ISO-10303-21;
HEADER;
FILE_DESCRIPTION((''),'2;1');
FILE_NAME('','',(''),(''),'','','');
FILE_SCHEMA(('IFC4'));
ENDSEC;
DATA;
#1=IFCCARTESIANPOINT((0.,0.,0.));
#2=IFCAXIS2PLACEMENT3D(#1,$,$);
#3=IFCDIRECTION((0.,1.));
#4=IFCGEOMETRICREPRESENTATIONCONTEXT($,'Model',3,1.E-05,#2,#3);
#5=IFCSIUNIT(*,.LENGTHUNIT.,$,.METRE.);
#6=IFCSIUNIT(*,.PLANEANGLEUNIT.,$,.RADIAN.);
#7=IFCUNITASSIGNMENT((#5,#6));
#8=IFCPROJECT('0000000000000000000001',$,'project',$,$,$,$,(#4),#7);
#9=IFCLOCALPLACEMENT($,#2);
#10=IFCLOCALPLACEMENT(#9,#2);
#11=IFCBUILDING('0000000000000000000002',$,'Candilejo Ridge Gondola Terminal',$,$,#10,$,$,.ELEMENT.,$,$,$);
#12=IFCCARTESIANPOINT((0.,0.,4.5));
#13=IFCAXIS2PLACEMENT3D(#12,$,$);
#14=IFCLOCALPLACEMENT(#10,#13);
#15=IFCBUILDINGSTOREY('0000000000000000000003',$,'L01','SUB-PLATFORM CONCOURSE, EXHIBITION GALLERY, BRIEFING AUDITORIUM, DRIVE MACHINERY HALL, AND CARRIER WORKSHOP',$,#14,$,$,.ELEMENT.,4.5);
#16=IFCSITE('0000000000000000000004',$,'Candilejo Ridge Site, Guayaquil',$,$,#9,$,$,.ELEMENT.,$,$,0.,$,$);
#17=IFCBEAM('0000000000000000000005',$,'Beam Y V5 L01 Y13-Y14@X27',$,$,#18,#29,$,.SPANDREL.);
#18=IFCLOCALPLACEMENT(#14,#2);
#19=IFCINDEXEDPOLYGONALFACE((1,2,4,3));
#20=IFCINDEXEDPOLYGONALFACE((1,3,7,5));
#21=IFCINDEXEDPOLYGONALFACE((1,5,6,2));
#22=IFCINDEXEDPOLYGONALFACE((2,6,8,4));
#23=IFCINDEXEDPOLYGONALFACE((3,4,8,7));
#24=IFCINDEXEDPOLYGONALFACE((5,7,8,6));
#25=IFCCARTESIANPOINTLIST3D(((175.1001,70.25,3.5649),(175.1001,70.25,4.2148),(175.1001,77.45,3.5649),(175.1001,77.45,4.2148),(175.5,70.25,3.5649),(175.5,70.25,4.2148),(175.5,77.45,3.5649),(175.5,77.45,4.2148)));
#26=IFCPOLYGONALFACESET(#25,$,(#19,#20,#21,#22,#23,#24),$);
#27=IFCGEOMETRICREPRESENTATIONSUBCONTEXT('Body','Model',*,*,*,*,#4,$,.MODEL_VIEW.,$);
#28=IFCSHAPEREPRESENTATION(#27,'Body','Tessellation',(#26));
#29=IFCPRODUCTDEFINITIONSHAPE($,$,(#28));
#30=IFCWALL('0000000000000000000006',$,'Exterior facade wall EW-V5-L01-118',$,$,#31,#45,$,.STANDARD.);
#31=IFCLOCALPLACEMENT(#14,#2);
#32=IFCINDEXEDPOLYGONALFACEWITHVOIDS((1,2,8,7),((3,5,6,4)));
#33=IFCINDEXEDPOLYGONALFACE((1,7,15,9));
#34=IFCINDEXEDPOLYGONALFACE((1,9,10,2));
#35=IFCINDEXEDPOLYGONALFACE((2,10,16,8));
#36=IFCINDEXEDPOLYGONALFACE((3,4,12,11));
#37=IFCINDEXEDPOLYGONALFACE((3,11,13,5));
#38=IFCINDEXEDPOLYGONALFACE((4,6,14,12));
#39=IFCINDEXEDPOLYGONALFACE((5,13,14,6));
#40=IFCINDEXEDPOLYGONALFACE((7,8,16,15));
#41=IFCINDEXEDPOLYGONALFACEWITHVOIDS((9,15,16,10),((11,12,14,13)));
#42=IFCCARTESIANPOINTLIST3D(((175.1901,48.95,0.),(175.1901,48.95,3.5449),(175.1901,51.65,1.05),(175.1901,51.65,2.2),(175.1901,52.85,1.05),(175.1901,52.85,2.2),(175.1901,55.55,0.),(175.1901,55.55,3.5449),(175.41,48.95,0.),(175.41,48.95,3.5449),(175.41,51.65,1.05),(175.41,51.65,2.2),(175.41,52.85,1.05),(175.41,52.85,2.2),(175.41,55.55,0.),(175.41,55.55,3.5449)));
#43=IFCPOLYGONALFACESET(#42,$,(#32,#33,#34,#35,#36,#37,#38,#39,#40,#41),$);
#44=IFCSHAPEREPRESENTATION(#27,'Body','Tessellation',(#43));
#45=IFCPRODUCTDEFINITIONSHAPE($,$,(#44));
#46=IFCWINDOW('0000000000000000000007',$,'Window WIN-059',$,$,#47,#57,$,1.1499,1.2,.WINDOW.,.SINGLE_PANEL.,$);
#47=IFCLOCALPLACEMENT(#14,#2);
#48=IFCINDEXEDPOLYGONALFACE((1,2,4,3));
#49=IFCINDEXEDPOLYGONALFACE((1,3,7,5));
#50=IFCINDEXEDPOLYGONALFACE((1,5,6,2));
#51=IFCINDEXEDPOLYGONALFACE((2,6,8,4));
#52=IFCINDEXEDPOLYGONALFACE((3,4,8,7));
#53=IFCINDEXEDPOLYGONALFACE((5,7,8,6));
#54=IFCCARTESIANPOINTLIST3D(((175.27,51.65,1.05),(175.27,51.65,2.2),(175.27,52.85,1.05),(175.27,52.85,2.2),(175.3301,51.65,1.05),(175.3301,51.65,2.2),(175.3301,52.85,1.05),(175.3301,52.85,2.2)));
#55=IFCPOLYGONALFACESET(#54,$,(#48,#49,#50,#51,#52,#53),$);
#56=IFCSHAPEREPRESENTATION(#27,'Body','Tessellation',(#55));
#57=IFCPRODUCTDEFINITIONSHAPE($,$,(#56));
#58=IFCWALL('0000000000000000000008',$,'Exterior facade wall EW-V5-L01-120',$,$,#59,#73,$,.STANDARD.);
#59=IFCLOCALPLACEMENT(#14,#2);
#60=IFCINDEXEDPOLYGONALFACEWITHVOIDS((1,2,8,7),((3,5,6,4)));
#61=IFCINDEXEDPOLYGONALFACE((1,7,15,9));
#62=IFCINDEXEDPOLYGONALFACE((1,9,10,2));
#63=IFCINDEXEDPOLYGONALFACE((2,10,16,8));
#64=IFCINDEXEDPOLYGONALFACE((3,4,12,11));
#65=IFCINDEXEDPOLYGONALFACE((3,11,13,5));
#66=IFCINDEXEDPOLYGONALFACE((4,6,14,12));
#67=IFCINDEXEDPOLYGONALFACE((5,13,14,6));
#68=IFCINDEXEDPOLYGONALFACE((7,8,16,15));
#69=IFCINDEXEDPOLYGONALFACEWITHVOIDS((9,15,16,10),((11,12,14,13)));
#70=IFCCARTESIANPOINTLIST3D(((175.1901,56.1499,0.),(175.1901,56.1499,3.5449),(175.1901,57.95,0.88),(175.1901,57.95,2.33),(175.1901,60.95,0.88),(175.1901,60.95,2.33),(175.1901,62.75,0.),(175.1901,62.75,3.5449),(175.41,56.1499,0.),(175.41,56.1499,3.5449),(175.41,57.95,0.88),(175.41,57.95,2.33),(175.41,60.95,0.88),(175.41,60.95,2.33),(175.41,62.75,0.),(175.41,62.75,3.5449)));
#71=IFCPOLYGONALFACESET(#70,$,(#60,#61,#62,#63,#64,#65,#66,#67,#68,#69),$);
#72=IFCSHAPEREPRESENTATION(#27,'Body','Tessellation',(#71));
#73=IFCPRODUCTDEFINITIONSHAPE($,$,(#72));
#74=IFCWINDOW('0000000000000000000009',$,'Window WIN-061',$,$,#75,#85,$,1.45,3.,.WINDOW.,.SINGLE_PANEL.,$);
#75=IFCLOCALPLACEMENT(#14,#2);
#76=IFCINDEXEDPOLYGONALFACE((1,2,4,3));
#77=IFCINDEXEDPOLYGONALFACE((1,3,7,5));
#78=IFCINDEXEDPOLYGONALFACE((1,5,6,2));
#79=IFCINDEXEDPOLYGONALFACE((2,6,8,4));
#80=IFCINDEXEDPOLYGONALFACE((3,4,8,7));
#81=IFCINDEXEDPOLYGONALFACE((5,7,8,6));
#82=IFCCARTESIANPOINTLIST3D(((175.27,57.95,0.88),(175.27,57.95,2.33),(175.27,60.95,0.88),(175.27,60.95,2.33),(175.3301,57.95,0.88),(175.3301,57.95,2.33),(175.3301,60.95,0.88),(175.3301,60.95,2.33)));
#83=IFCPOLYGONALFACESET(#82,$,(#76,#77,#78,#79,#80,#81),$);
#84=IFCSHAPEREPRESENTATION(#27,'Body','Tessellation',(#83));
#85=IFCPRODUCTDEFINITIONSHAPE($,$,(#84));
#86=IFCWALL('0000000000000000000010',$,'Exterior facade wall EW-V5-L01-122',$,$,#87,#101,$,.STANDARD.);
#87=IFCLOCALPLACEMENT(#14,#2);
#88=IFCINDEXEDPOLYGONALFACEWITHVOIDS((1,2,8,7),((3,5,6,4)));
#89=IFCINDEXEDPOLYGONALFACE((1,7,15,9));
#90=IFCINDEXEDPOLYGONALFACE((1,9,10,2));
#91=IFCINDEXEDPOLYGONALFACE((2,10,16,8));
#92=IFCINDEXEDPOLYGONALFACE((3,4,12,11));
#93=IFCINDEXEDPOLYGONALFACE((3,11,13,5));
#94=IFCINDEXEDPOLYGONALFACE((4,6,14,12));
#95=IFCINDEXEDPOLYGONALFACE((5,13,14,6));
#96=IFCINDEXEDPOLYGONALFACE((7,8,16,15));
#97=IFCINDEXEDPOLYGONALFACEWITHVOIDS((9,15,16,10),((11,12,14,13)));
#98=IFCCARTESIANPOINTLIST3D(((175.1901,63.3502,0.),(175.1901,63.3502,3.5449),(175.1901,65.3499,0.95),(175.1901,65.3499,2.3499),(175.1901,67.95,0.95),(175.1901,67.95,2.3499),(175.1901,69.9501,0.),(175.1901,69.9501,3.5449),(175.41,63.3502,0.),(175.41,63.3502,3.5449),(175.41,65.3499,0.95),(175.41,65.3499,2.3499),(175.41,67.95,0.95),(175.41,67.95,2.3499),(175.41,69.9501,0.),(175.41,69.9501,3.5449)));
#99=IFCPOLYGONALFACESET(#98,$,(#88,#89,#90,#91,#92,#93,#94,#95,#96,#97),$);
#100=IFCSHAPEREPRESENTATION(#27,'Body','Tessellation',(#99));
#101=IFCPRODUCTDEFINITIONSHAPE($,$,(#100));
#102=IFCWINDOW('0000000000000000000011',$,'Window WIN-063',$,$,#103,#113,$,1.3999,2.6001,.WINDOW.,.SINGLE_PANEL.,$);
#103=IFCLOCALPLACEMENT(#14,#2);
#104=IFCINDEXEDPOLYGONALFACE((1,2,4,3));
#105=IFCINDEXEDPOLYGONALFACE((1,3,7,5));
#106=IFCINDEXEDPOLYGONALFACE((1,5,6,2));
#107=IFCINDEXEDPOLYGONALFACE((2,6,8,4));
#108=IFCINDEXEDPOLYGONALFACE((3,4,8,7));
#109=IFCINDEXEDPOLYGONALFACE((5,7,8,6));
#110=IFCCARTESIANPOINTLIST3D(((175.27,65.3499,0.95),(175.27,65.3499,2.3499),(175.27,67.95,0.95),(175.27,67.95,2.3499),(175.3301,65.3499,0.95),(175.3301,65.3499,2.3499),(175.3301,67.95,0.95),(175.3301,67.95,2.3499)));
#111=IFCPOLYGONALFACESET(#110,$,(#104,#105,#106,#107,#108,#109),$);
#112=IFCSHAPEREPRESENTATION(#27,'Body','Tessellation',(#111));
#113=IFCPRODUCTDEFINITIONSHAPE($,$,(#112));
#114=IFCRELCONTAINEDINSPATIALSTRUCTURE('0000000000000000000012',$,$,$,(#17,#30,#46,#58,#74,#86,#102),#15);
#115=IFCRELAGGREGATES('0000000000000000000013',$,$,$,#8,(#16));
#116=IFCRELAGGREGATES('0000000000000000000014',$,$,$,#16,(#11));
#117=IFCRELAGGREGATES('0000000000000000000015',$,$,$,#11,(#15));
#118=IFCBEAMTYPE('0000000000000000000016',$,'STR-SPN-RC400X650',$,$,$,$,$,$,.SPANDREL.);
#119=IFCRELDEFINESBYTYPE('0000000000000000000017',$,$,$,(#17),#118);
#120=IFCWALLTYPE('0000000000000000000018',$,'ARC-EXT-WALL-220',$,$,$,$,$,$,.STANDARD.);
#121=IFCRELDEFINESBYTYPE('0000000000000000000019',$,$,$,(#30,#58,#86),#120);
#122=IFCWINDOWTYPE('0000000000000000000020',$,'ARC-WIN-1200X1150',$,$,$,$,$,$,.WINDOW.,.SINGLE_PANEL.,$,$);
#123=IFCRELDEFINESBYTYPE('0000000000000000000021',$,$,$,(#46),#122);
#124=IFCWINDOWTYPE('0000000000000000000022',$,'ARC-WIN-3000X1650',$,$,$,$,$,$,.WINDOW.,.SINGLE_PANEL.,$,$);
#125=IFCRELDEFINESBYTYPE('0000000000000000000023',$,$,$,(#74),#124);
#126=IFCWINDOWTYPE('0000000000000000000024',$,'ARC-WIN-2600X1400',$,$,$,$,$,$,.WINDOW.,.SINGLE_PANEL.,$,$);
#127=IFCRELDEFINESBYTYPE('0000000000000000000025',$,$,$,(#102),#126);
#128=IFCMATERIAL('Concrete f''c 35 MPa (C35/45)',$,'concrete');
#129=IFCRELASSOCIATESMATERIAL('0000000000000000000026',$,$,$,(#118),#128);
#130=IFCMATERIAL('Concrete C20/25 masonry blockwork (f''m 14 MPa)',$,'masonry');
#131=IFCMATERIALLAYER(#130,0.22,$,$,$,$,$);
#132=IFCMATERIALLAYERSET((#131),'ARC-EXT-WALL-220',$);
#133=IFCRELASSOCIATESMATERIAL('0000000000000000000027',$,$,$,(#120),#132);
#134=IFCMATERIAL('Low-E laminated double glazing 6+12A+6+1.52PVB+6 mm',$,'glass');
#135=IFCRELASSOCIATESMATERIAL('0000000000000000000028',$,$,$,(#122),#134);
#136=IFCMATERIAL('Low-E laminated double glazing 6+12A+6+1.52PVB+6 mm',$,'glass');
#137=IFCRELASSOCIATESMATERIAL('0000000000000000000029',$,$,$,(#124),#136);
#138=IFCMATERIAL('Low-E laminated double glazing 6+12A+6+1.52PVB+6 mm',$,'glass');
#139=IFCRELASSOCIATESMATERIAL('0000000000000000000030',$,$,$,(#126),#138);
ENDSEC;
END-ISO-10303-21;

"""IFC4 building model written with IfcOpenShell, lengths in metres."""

from ifc_helpers import new_model, si_unit, direction, frame, frame_2d, origin, origin_2d, place, context, subcontext, project, spatial, rectangle, extrude, material, layer, layer_set, material_profile, profile_set, type_object, element, fill, save


model = new_model("IFC4")

# Units and contexts
model_context = context("Model", 3, precision=1e-05, world=origin(), true_north=direction((0.0, 1.0)))
body_context = subcontext(model_context, "Body", "Model", "MODEL_VIEW")
ifc_project = project(units=[si_unit("LENGTHUNIT", "METRE"), si_unit("PLANEANGLEUNIT", "RADIAN")], contexts=[model_context])

# Site, building, storey
site_placement = place(None, origin())
site = spatial("IfcSite", under=ifc_project, at=site_placement, Name="Candilejo Ridge Site, Guayaquil", CompositionType="ELEMENT", RefElevation=0.0)
building_placement = place(site_placement, origin())
building = spatial("IfcBuilding", under=site, at=building_placement, Name="Candilejo Ridge Gondola Terminal", CompositionType="ELEMENT")
storey_placement = place(building_placement, frame((0.0, 0.0, 4.5)))
storey = spatial("IfcBuildingStorey", under=building, at=storey_placement, Name="L01", Description="SUB-PLATFORM CONCOURSE, EXHIBITION GALLERY, BRIEFING AUDITORIUM, DRIVE MACHINERY HALL, AND CARRIER WORKSHOP", CompositionType="ELEMENT", Elevation=4.5)

# Beam
ifc_material_1 = material(Name="Concrete f'c 35 MPa (C35/45)", Category="concrete")
ifc_material_profile_1 = material_profile(ifc_material_1, rectangle(XDim=0.3999, YDim=0.6499, at=origin_2d()))
ifc_profile_set_1 = profile_set([ifc_material_profile_1], Name="Concrete f'c 35 MPa (C35/45)")
beam_type_1 = type_object("IfcBeamType", Name="STR-SPN-RC400X650", PredefinedType="SPANDREL", material=ifc_profile_set_1)
for number, where, z_axis, x_axis, name in (
    (1, (175.3, 70.25, 3.8899), (0.0, 1.0, 0.0), (-1.0, 0.0, 0.0), "Beam Y V5 L01 Y13-Y14@X27"),
):
    element("IfcBeam", number, at=place(storey_placement, frame(where, z_axis=z_axis, x_axis=x_axis)), inside=storey, type_object=beam_type_1, Name=name, PredefinedType="SPANDREL", context=body_context, shape_type="SweptSolid", body=[
        extrude(rectangle(XDim=0.3999, YDim=0.6499, at=origin_2d()), origin(), (0.0, 0.0, 1.0), 7.2),
    ])

# Walls, openings, windows
ifc_material_2 = material(Name="Concrete C20/25 masonry blockwork (f'm 14 MPa)", Category="masonry")
ifc_layer = layer(ifc_material_2, 0.22)
ifc_layer_set = layer_set([ifc_layer], Name="ARC-EXT-WALL-220")
wall_type = type_object("IfcWallType", Name="ARC-EXT-WALL-220", PredefinedType="STANDARD", material=ifc_layer_set)
wall_1_placement = place(storey_placement, frame((175.3, 55.55, 0.0), z_axis=(0.0, 0.0, 1.0), x_axis=(0.0, -1.0, 0.0)))
wall_1 = element("IfcWall", 2, at=wall_1_placement, inside=storey, type_object=wall_type, Name="Exterior facade wall EW-V5-L01-118", PredefinedType="STANDARD", context=body_context, shape_type="SweptSolid", body=[
    extrude(rectangle(XDim=6.6001, YDim=0.22, at=frame_2d((3.3, 0.0))), origin(), (0.0, 0.0, 1.0), 3.5449),
])
opening_1_placement = place(wall_1_placement, frame((2.7, 0.0, 1.05)))
opening_1 = element("IfcOpeningElement", 3, at=opening_1_placement, cuts=wall_1, PredefinedType="OPENING", context=body_context, shape_type="SweptSolid", body=[
    extrude(rectangle(XDim=1.2, YDim=1.1499, at=frame_2d((0.6001, 0.575))), frame((0.0, 0.1199, 0.0), z_axis=(0.0, -1.0, 0.0), x_axis=(1.0, 0.0, 0.0)), (0.0, 0.0, 1.0), 0.24),
])
ifc_material_3 = material(Name="Low-E laminated double glazing 6+12A+6+1.52PVB+6 mm", Category="glass")
window_type_1 = type_object("IfcWindowType", Name="ARC-WIN-1200X1150", PartitioningType="SINGLE_PANEL", PredefinedType="WINDOW", material=ifc_material_3)
window_1_placement = place(opening_1_placement, origin())
window_1 = element("IfcWindow", 4, at=window_1_placement, inside=storey, type_object=window_type_1, Name="Window WIN-059", OverallHeight=1.1499, OverallWidth=1.2, PartitioningType="SINGLE_PANEL", PredefinedType="WINDOW", context=body_context, shape_type="SweptSolid", body=[
    extrude(rectangle(XDim=1.2, YDim=1.1499, at=frame_2d((0.6001, 0.575))), frame((0.0, 0.03, 0.0), z_axis=(0.0, -1.0, 0.0), x_axis=(1.0, 0.0, 0.0)), (0.0, 0.0, 1.0), 0.0601),
])
fill(opening_1, window_1)
wall_2_placement = place(storey_placement, frame((175.3, 62.75, 0.0), z_axis=(0.0, 0.0, 1.0), x_axis=(0.0, -1.0, 0.0)))
wall_2 = element("IfcWall", 5, at=wall_2_placement, inside=storey, type_object=wall_type, Name="Exterior facade wall EW-V5-L01-120", PredefinedType="STANDARD", context=body_context, shape_type="SweptSolid", body=[
    extrude(rectangle(XDim=6.6001, YDim=0.22, at=frame_2d((3.3, 0.0))), origin(), (0.0, 0.0, 1.0), 3.5449),
])
opening_2_placement = place(wall_2_placement, frame((1.8, 0.0, 0.8799)))
opening_2 = element("IfcOpeningElement", 6, at=opening_2_placement, cuts=wall_2, PredefinedType="OPENING", context=body_context, shape_type="SweptSolid", body=[
    extrude(rectangle(XDim=3.0, YDim=1.45, at=frame_2d((1.5, 0.7251))), frame((0.0, 0.1199, 0.0), z_axis=(0.0, -1.0, 0.0), x_axis=(1.0, 0.0, 0.0)), (0.0, 0.0, 1.0), 0.24),
])
ifc_material_4 = material(Name="Low-E laminated double glazing 6+12A+6+1.52PVB+6 mm", Category="glass")
window_type_2 = type_object("IfcWindowType", Name="ARC-WIN-3000X1650", PartitioningType="SINGLE_PANEL", PredefinedType="WINDOW", material=ifc_material_4)
window_2_placement = place(opening_2_placement, origin())
window_2 = element("IfcWindow", 7, at=window_2_placement, inside=storey, type_object=window_type_2, Name="Window WIN-061", OverallHeight=1.45, OverallWidth=3.0, PartitioningType="SINGLE_PANEL", PredefinedType="WINDOW", context=body_context, shape_type="SweptSolid", body=[
    extrude(rectangle(XDim=3.0, YDim=1.45, at=frame_2d((1.5, 0.7251))), frame((0.0, 0.03, 0.0), z_axis=(0.0, -1.0, 0.0), x_axis=(1.0, 0.0, 0.0)), (0.0, 0.0, 1.0), 0.0601),
])
fill(opening_2, window_2)
wall_3_placement = place(storey_placement, frame((175.3, 69.95, 0.0), z_axis=(0.0, 0.0, 1.0), x_axis=(0.0, -1.0, 0.0)))
wall_3 = element("IfcWall", 8, at=wall_3_placement, inside=storey, type_object=wall_type, Name="Exterior facade wall EW-V5-L01-122", PredefinedType="STANDARD", context=body_context, shape_type="SweptSolid", body=[
    extrude(rectangle(XDim=6.5999, YDim=0.22, at=frame_2d((3.2998, 0.0))), origin(), (0.0, 0.0, 1.0), 3.5449),
])
opening_3_placement = place(wall_3_placement, frame((2.0, 0.0, 0.95)))
opening_3 = element("IfcOpeningElement", 9, at=opening_3_placement, cuts=wall_3, PredefinedType="OPENING", context=body_context, shape_type="SweptSolid", body=[
    extrude(rectangle(XDim=2.6001, YDim=1.3999, at=frame_2d((1.3, 0.7))), frame((0.0, 0.1199, 0.0), z_axis=(0.0, -1.0, 0.0), x_axis=(1.0, 0.0, 0.0)), (0.0, 0.0, 1.0), 0.24),
])
ifc_material_5 = material(Name="Low-E laminated double glazing 6+12A+6+1.52PVB+6 mm", Category="glass")
window_type_3 = type_object("IfcWindowType", Name="ARC-WIN-2600X1400", PartitioningType="SINGLE_PANEL", PredefinedType="WINDOW", material=ifc_material_5)
window_3_placement = place(opening_3_placement, origin())
window_3 = element("IfcWindow", 10, at=window_3_placement, inside=storey, type_object=window_type_3, Name="Window WIN-063", OverallHeight=1.3999, OverallWidth=2.6001, PartitioningType="SINGLE_PANEL", PredefinedType="WINDOW", context=body_context, shape_type="SweptSolid", body=[
    extrude(rectangle(XDim=2.6001, YDim=1.3999, at=frame_2d((1.3, 0.7))), frame((0.0, 0.03, 0.0), z_axis=(0.0, -1.0, 0.0), x_axis=(1.0, 0.0, 0.0)), (0.0, 0.0, 1.0), 0.0601),
])
fill(opening_3, window_3)

save(model, "model.ifc")
